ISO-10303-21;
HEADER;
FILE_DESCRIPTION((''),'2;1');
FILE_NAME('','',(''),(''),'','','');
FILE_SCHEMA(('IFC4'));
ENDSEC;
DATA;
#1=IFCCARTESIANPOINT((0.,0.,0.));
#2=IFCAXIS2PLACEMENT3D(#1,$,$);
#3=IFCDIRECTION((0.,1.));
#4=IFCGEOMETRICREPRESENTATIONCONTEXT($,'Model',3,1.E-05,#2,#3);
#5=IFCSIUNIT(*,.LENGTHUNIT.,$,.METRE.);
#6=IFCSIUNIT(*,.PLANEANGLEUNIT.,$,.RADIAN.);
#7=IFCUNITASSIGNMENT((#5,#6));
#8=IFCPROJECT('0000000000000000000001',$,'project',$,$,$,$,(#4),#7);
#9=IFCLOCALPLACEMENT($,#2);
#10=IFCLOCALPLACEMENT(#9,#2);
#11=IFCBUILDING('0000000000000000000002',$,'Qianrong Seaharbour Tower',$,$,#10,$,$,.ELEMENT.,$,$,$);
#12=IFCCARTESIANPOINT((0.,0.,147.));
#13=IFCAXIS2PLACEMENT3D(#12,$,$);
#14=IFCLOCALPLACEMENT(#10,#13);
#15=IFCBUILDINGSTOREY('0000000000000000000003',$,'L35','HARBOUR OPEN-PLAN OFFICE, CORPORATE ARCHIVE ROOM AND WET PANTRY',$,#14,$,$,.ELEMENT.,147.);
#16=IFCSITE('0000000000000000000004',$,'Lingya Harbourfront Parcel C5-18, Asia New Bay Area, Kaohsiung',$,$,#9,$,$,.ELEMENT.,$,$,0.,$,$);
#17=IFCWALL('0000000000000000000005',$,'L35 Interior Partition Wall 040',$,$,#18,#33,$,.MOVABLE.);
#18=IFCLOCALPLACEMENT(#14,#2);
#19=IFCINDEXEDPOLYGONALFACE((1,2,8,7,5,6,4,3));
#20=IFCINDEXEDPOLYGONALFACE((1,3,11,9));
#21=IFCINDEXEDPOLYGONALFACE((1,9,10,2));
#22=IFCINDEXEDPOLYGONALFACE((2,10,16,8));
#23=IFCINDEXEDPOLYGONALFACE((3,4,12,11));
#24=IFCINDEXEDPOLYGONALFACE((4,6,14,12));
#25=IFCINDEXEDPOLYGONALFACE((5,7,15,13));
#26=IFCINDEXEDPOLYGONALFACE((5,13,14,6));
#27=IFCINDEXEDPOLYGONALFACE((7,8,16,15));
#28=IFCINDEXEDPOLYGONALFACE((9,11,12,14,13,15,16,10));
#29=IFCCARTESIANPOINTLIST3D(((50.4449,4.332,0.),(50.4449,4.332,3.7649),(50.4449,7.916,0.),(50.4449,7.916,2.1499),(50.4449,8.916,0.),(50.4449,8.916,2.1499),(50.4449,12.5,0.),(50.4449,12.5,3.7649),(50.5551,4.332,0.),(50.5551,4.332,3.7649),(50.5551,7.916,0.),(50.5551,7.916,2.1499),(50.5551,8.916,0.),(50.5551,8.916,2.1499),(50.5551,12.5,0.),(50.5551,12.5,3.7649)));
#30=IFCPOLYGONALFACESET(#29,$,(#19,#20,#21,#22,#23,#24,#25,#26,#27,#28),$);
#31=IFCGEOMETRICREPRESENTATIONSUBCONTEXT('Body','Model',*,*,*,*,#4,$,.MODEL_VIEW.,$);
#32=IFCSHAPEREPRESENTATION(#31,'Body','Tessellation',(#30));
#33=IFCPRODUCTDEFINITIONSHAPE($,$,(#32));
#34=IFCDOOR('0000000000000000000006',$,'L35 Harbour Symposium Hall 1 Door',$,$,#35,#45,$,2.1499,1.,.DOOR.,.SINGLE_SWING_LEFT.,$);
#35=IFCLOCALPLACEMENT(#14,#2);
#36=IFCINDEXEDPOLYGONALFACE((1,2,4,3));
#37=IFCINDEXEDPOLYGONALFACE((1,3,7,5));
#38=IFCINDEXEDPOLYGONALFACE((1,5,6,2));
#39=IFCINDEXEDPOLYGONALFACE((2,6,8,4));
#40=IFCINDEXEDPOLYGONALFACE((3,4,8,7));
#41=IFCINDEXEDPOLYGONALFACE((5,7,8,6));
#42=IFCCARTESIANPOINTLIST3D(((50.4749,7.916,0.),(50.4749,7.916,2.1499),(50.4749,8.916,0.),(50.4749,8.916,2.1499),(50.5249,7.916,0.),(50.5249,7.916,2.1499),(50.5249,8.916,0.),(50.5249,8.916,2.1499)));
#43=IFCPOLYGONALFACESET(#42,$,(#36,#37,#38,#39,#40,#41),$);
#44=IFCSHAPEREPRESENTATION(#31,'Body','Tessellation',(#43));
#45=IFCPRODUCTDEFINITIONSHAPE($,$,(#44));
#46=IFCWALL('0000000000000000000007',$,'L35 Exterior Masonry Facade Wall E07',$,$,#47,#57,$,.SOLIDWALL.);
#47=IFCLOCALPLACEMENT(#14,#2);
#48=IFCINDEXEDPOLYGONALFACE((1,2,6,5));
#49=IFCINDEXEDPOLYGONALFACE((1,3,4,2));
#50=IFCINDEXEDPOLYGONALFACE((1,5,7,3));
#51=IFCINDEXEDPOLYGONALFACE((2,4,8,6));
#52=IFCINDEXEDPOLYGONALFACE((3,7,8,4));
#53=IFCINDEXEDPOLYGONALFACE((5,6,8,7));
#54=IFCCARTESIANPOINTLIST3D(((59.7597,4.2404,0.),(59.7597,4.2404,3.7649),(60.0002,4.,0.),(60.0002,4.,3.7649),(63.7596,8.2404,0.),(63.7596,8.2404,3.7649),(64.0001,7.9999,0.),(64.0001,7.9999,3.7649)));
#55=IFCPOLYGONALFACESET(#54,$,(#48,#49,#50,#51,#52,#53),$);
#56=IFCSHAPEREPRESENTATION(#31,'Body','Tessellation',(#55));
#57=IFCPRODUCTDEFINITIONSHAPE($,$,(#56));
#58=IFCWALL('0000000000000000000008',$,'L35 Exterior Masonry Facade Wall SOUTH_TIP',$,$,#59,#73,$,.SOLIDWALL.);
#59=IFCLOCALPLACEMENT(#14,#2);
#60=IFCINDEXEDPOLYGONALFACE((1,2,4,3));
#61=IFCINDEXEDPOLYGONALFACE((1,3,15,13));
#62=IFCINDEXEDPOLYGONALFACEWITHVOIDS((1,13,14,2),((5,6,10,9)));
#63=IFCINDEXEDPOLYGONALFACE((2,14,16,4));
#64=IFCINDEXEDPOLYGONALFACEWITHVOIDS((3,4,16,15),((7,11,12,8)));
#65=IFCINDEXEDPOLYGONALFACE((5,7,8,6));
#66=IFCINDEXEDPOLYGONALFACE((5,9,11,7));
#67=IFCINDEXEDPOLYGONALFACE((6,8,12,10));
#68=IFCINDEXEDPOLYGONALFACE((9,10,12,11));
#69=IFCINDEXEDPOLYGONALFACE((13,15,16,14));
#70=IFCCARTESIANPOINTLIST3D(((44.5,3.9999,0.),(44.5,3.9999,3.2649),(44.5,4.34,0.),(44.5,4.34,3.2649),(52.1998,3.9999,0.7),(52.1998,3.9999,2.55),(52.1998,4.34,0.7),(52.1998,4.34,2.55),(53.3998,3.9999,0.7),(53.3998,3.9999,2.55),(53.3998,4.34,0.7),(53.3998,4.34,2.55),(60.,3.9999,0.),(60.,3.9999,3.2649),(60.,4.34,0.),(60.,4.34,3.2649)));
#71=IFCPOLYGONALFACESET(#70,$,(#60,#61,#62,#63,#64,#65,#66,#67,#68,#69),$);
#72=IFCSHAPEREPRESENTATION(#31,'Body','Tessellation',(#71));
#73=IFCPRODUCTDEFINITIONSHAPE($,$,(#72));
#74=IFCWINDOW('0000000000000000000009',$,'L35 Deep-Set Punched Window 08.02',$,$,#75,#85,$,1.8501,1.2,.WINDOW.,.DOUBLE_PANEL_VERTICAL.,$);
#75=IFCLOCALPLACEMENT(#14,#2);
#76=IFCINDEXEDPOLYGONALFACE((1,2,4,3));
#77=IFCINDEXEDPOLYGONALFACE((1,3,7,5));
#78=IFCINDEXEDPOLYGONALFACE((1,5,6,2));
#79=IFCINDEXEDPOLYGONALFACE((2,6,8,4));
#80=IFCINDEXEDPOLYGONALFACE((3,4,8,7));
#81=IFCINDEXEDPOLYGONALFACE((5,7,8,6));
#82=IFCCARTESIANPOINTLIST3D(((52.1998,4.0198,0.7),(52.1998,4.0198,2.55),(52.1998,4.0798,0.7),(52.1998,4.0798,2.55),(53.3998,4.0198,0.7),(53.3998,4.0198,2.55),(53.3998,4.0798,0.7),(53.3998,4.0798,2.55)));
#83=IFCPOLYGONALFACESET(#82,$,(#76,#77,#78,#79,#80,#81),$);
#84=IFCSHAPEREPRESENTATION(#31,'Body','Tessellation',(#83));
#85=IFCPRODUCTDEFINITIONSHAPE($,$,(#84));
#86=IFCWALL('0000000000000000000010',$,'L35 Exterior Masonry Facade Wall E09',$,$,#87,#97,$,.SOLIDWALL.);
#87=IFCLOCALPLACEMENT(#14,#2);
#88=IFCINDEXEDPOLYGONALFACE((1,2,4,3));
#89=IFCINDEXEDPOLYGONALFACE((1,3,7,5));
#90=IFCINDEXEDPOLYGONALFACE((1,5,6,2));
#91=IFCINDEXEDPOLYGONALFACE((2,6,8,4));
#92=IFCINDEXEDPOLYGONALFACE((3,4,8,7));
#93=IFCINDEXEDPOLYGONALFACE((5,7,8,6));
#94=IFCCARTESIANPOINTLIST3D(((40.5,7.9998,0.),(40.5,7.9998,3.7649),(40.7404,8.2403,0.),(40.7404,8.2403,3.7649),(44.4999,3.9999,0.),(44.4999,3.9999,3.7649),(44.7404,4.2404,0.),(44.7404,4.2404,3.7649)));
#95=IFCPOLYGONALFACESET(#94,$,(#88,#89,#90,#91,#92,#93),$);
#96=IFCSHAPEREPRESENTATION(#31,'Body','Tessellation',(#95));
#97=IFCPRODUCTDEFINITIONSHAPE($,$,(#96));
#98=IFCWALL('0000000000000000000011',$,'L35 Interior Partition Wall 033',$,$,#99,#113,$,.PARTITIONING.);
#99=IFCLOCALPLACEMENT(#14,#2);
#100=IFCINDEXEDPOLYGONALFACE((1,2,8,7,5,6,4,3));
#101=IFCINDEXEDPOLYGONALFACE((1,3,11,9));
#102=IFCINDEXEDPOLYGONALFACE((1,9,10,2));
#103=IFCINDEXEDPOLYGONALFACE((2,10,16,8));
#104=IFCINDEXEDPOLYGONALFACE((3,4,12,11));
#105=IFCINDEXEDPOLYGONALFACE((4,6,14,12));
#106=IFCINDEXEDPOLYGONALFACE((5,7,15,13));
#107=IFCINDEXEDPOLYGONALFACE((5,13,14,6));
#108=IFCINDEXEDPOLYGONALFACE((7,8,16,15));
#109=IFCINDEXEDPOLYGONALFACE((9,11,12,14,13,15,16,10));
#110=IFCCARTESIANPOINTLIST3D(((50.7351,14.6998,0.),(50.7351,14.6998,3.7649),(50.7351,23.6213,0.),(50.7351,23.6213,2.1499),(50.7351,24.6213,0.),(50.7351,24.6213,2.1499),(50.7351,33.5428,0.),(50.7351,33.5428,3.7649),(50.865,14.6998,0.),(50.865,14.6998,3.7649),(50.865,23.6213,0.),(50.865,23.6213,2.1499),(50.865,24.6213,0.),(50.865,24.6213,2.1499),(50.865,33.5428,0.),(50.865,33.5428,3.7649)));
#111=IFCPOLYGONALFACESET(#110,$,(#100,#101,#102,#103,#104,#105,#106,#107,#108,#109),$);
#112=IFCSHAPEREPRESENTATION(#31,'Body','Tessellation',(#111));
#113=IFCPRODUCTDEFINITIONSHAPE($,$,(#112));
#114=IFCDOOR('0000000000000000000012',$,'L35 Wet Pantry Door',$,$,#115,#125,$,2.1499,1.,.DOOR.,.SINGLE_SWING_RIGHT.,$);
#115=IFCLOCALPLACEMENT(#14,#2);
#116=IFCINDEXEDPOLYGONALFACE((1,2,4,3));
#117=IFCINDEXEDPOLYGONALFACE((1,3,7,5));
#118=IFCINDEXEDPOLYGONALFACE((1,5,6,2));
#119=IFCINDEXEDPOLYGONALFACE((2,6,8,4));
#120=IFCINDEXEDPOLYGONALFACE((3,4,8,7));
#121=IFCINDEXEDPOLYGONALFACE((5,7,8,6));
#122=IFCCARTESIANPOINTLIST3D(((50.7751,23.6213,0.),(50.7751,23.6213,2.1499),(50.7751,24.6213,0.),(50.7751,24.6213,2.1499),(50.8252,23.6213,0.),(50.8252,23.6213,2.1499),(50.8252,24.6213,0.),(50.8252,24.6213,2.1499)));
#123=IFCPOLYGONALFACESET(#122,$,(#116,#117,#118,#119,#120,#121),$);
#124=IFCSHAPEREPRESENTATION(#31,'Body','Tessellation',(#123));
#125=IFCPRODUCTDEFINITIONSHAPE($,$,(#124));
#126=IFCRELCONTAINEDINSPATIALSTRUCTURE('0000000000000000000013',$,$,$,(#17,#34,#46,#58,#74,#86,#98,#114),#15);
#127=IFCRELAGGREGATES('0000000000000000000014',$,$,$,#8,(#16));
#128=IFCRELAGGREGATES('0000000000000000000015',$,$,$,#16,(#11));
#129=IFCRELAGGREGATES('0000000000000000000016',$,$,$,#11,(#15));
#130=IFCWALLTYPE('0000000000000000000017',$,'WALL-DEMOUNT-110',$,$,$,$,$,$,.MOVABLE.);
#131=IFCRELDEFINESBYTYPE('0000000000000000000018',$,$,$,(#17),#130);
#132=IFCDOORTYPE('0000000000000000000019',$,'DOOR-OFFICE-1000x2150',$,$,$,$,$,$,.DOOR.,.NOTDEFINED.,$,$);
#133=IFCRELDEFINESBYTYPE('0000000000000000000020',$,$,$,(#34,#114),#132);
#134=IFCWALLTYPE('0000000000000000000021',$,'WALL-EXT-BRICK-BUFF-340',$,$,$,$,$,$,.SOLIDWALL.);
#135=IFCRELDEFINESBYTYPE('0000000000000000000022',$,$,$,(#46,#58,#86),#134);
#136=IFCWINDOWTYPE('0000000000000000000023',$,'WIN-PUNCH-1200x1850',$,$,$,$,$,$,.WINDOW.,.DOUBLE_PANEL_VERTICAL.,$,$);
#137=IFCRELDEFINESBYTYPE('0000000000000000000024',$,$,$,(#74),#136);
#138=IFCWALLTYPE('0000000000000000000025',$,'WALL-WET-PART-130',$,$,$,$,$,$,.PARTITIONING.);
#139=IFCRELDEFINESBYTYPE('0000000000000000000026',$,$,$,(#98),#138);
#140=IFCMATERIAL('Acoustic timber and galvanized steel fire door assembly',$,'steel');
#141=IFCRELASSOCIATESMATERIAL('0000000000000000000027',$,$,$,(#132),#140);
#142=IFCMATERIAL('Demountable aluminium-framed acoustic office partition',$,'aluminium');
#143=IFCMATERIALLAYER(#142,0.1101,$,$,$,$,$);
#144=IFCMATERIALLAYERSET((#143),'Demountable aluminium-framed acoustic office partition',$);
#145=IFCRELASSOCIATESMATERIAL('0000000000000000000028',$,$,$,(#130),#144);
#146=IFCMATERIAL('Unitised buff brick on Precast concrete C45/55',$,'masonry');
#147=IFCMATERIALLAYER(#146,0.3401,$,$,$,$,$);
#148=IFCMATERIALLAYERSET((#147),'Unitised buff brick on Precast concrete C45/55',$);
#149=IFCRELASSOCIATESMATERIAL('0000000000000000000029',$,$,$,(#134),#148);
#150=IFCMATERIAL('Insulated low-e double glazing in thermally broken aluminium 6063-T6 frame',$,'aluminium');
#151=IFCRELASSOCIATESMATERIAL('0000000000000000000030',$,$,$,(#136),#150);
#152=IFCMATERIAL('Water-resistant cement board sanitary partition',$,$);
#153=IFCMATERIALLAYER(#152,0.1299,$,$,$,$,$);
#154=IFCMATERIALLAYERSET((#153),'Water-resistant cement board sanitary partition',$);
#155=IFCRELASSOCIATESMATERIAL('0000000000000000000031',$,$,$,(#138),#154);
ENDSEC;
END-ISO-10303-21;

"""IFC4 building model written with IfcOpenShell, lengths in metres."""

from ifc_helpers import new_model, si_unit, direction, frame, frame_2d, origin, place, context, subcontext, project, spatial, rectangle, extrude, material, layer, layer_set, type_object, element, fill, save


model = new_model("IFC4")

# Units and contexts
model_context = context("Model", 3, precision=1e-05, world=origin(), true_north=direction((0.0, 1.0)))
body_context = subcontext(model_context, "Body", "Model", "MODEL_VIEW")
ifc_project = project(units=[si_unit("LENGTHUNIT", "METRE"), si_unit("PLANEANGLEUNIT", "RADIAN")], contexts=[model_context])

# Site, building, storey
site_placement = place(None, origin())
site = spatial("IfcSite", under=ifc_project, at=site_placement, Name="Lingya Harbourfront Parcel C5-18, Asia New Bay Area, Kaohsiung", CompositionType="ELEMENT", RefElevation=0.0)
building_placement = place(site_placement, origin())
building = spatial("IfcBuilding", under=site, at=building_placement, Name="Qianrong Seaharbour Tower", CompositionType="ELEMENT")
storey_placement = place(building_placement, frame((0.0, 0.0, 147.0)))
storey = spatial("IfcBuildingStorey", under=building, at=storey_placement, Name="L35", Description="HARBOUR OPEN-PLAN OFFICE, CORPORATE ARCHIVE ROOM AND WET PANTRY", CompositionType="ELEMENT", Elevation=147.0)

# Wall, opening, door
ifc_material_1 = material(Name="Acoustic timber and galvanized steel fire door assembly", Category="steel")
door_type_1 = type_object("IfcDoorType", Name="DOOR-OFFICE-1000x2150", OperationType="NOTDEFINED", PredefinedType="DOOR", material=ifc_material_1)
ifc_material_2 = material(Name="Demountable aluminium-framed acoustic office partition", Category="aluminium")
ifc_layer_1 = layer(ifc_material_2, 0.1101)
ifc_layer_set_1 = layer_set([ifc_layer_1], Name="Demountable aluminium-framed acoustic office partition")
wall_type_1 = type_object("IfcWallType", Name="WALL-DEMOUNT-110", PredefinedType="MOVABLE", material=ifc_layer_set_1)
wall_1_placement = place(storey_placement, frame((50.5, 12.5, 0.0), z_axis=(0.0, 0.0, 1.0), x_axis=(0.0, -1.0, 0.0)))
wall_1 = element("IfcWall", 1, at=wall_1_placement, inside=storey, type_object=wall_type_1, Name="L35 Interior Partition Wall 040", PredefinedType="MOVABLE", context=body_context, shape_type="SweptSolid", body=[
    extrude(rectangle(XDim=8.168, YDim=0.1101, at=frame_2d((4.084, 0.0))), origin(), (0.0, 0.0, 1.0), 3.7649),
])
opening_1_placement = place(wall_1_placement, frame((3.584, 0.0, 0.0)))
opening_1 = element("IfcOpeningElement", 2, at=opening_1_placement, cuts=wall_1, PredefinedType="OPENING", context=body_context, shape_type="SweptSolid", body=[
    extrude(rectangle(XDim=1.0, YDim=2.1499, at=frame_2d((0.5, 1.075))), frame((0.0, 0.0649, 0.0), z_axis=(0.0, -1.0, 0.0), x_axis=(1.0, 0.0, 0.0)), (0.0, 0.0, 1.0), 0.1301),
])
door_1_placement = place(opening_1_placement, origin())
door_1 = element("IfcDoor", 3, at=door_1_placement, inside=storey, type_object=door_type_1, Name="L35 Harbour Symposium Hall 1 Door", OperationType="SINGLE_SWING_LEFT", OverallHeight=2.1499, OverallWidth=1.0, PredefinedType="DOOR", context=body_context, shape_type="SweptSolid", body=[
    extrude(rectangle(XDim=1.0, YDim=2.1499, at=frame_2d((0.5, 1.075))), frame((0.0, 0.0249, 0.0), z_axis=(0.0, -1.0, 0.0), x_axis=(1.0, 0.0, 0.0)), (0.0, 0.0, 1.0), 0.05),
])
fill(opening_1, door_1)

# Wall
ifc_material_3 = material(Name="Unitised buff brick on Precast concrete C45/55", Category="masonry")
ifc_layer_2 = layer(ifc_material_3, 0.3401)
ifc_layer_set_2 = layer_set([ifc_layer_2], Name="Unitised buff brick on Precast concrete C45/55")
wall_type_2 = type_object("IfcWallType", Name="WALL-EXT-BRICK-BUFF-340", PredefinedType="SOLIDWALL", material=ifc_layer_set_2)
wall_2_placement = place(storey_placement, frame((63.8799, 8.1201, 0.0), z_axis=(0.0, 0.0, 1.0), x_axis=(-0.707107, -0.707107, 0.0)))
element("IfcWall", 4, at=wall_2_placement, inside=storey, type_object=wall_type_2, Name="L35 Exterior Masonry Facade Wall E07", PredefinedType="SOLIDWALL", context=body_context, shape_type="SweptSolid", body=[
    extrude(rectangle(XDim=5.6567, YDim=0.3401, at=frame_2d((2.8284, 0.0))), origin(), (0.0, 0.0, 1.0), 3.7649),
])

# Wall, opening, window
wall_3_placement = place(storey_placement, frame((60.0, 4.1699, 0.0), z_axis=(0.0, 0.0, 1.0), x_axis=(-1.0, 0.0, 0.0)))
wall_3 = element("IfcWall", 5, at=wall_3_placement, inside=storey, type_object=wall_type_2, Name="L35 Exterior Masonry Facade Wall SOUTH_TIP", PredefinedType="SOLIDWALL", context=body_context, shape_type="SweptSolid", body=[
    extrude(rectangle(XDim=15.5, YDim=0.3401, at=frame_2d((7.75, 0.0))), origin(), (0.0, 0.0, 1.0), 3.2649),
])
opening_2_placement = place(wall_3_placement, frame((6.6001, 0.0, 0.7)))
opening_2 = element("IfcOpeningElement", 6, at=opening_2_placement, cuts=wall_3, PredefinedType="OPENING", context=body_context, shape_type="SweptSolid", body=[
    extrude(rectangle(XDim=1.2, YDim=1.8501, at=frame_2d((0.6001, 0.925))), frame((0.0, 0.1802, 0.0), z_axis=(0.0, -1.0, 0.0), x_axis=(1.0, 0.0, 0.0)), (0.0, 0.0, 1.0), 0.3601),
])
ifc_material_4 = material(Name="Insulated low-e double glazing in thermally broken aluminium 6063-T6 frame", Category="aluminium")
window_type = type_object("IfcWindowType", Name="WIN-PUNCH-1200x1850", PartitioningType="DOUBLE_PANEL_VERTICAL", PredefinedType="WINDOW", material=ifc_material_4)
window_placement = place(opening_2_placement, origin())
window = element("IfcWindow", 7, at=window_placement, inside=storey, type_object=window_type, Name="L35 Deep-Set Punched Window 08.02", OverallHeight=1.8501, OverallWidth=1.2, PartitioningType="DOUBLE_PANEL_VERTICAL", PredefinedType="WINDOW", context=body_context, shape_type="SweptSolid", body=[
    extrude(rectangle(XDim=1.2, YDim=1.8501, at=frame_2d((0.6001, 0.925))), frame((0.0, 0.1501, 0.0), z_axis=(0.0, -1.0, 0.0), x_axis=(1.0, 0.0, 0.0)), (0.0, 0.0, 1.0), 0.0601),
])
fill(opening_2, window)

# Wall
wall_4_placement = place(storey_placement, frame((44.6201, 4.1201, 0.0), z_axis=(0.0, 0.0, 1.0), x_axis=(-0.707107, 0.707107, 0.0)))
element("IfcWall", 8, at=wall_4_placement, inside=storey, type_object=wall_type_2, Name="L35 Exterior Masonry Facade Wall E09", PredefinedType="SOLIDWALL", context=body_context, shape_type="SweptSolid", body=[
    extrude(rectangle(XDim=5.6567, YDim=0.3401, at=frame_2d((2.8284, 0.0))), origin(), (0.0, 0.0, 1.0), 3.7649),
])

# Wall, opening, door
ifc_material_5 = material(Name="Water-resistant cement board sanitary partition")
ifc_layer_3 = layer(ifc_material_5, 0.1299)
ifc_layer_set_3 = layer_set([ifc_layer_3], Name="Water-resistant cement board sanitary partition")
wall_type_3 = type_object("IfcWallType", Name="WALL-WET-PART-130", PredefinedType="PARTITIONING", material=ifc_layer_set_3)
wall_5_placement = place(storey_placement, frame((50.8, 14.7, 0.0), z_axis=(0.0, 0.0, 1.0), x_axis=(0.0, 1.0, 0.0)))
wall_5 = element("IfcWall", 9, at=wall_5_placement, inside=storey, type_object=wall_type_3, Name="L35 Interior Partition Wall 033", PredefinedType="PARTITIONING", context=body_context, shape_type="SweptSolid", body=[
    extrude(rectangle(XDim=18.843, YDim=0.1299, at=frame_2d((9.4214, 0.0))), origin(), (0.0, 0.0, 1.0), 3.7649),
])
opening_3_placement = place(wall_5_placement, frame((8.9214, 0.0, 0.0)))
opening_3 = element("IfcOpeningElement", 10, at=opening_3_placement, cuts=wall_5, PredefinedType="OPENING", context=body_context, shape_type="SweptSolid", body=[
    extrude(rectangle(XDim=1.0, YDim=2.1499, at=frame_2d((0.5, 1.075))), frame((0.0, 0.075, 0.0), z_axis=(0.0, -1.0, 0.0), x_axis=(1.0, 0.0, 0.0)), (0.0, 0.0, 1.0), 0.1499),
])
door_2_placement = place(opening_3_placement, origin())
door_2 = element("IfcDoor", 11, at=door_2_placement, inside=storey, type_object=door_type_1, Name="L35 Wet Pantry Door", OperationType="SINGLE_SWING_RIGHT", OverallHeight=2.1499, OverallWidth=1.0, PredefinedType="DOOR", context=body_context, shape_type="SweptSolid", body=[
    extrude(rectangle(XDim=1.0, YDim=2.1499, at=frame_2d((0.5, 1.075))), frame((0.0, 0.0249, 0.0), z_axis=(0.0, -1.0, 0.0), x_axis=(1.0, 0.0, 0.0)), (0.0, 0.0, 1.0), 0.05),
])
fill(opening_3, door_2)

save(model, "model.ifc")
